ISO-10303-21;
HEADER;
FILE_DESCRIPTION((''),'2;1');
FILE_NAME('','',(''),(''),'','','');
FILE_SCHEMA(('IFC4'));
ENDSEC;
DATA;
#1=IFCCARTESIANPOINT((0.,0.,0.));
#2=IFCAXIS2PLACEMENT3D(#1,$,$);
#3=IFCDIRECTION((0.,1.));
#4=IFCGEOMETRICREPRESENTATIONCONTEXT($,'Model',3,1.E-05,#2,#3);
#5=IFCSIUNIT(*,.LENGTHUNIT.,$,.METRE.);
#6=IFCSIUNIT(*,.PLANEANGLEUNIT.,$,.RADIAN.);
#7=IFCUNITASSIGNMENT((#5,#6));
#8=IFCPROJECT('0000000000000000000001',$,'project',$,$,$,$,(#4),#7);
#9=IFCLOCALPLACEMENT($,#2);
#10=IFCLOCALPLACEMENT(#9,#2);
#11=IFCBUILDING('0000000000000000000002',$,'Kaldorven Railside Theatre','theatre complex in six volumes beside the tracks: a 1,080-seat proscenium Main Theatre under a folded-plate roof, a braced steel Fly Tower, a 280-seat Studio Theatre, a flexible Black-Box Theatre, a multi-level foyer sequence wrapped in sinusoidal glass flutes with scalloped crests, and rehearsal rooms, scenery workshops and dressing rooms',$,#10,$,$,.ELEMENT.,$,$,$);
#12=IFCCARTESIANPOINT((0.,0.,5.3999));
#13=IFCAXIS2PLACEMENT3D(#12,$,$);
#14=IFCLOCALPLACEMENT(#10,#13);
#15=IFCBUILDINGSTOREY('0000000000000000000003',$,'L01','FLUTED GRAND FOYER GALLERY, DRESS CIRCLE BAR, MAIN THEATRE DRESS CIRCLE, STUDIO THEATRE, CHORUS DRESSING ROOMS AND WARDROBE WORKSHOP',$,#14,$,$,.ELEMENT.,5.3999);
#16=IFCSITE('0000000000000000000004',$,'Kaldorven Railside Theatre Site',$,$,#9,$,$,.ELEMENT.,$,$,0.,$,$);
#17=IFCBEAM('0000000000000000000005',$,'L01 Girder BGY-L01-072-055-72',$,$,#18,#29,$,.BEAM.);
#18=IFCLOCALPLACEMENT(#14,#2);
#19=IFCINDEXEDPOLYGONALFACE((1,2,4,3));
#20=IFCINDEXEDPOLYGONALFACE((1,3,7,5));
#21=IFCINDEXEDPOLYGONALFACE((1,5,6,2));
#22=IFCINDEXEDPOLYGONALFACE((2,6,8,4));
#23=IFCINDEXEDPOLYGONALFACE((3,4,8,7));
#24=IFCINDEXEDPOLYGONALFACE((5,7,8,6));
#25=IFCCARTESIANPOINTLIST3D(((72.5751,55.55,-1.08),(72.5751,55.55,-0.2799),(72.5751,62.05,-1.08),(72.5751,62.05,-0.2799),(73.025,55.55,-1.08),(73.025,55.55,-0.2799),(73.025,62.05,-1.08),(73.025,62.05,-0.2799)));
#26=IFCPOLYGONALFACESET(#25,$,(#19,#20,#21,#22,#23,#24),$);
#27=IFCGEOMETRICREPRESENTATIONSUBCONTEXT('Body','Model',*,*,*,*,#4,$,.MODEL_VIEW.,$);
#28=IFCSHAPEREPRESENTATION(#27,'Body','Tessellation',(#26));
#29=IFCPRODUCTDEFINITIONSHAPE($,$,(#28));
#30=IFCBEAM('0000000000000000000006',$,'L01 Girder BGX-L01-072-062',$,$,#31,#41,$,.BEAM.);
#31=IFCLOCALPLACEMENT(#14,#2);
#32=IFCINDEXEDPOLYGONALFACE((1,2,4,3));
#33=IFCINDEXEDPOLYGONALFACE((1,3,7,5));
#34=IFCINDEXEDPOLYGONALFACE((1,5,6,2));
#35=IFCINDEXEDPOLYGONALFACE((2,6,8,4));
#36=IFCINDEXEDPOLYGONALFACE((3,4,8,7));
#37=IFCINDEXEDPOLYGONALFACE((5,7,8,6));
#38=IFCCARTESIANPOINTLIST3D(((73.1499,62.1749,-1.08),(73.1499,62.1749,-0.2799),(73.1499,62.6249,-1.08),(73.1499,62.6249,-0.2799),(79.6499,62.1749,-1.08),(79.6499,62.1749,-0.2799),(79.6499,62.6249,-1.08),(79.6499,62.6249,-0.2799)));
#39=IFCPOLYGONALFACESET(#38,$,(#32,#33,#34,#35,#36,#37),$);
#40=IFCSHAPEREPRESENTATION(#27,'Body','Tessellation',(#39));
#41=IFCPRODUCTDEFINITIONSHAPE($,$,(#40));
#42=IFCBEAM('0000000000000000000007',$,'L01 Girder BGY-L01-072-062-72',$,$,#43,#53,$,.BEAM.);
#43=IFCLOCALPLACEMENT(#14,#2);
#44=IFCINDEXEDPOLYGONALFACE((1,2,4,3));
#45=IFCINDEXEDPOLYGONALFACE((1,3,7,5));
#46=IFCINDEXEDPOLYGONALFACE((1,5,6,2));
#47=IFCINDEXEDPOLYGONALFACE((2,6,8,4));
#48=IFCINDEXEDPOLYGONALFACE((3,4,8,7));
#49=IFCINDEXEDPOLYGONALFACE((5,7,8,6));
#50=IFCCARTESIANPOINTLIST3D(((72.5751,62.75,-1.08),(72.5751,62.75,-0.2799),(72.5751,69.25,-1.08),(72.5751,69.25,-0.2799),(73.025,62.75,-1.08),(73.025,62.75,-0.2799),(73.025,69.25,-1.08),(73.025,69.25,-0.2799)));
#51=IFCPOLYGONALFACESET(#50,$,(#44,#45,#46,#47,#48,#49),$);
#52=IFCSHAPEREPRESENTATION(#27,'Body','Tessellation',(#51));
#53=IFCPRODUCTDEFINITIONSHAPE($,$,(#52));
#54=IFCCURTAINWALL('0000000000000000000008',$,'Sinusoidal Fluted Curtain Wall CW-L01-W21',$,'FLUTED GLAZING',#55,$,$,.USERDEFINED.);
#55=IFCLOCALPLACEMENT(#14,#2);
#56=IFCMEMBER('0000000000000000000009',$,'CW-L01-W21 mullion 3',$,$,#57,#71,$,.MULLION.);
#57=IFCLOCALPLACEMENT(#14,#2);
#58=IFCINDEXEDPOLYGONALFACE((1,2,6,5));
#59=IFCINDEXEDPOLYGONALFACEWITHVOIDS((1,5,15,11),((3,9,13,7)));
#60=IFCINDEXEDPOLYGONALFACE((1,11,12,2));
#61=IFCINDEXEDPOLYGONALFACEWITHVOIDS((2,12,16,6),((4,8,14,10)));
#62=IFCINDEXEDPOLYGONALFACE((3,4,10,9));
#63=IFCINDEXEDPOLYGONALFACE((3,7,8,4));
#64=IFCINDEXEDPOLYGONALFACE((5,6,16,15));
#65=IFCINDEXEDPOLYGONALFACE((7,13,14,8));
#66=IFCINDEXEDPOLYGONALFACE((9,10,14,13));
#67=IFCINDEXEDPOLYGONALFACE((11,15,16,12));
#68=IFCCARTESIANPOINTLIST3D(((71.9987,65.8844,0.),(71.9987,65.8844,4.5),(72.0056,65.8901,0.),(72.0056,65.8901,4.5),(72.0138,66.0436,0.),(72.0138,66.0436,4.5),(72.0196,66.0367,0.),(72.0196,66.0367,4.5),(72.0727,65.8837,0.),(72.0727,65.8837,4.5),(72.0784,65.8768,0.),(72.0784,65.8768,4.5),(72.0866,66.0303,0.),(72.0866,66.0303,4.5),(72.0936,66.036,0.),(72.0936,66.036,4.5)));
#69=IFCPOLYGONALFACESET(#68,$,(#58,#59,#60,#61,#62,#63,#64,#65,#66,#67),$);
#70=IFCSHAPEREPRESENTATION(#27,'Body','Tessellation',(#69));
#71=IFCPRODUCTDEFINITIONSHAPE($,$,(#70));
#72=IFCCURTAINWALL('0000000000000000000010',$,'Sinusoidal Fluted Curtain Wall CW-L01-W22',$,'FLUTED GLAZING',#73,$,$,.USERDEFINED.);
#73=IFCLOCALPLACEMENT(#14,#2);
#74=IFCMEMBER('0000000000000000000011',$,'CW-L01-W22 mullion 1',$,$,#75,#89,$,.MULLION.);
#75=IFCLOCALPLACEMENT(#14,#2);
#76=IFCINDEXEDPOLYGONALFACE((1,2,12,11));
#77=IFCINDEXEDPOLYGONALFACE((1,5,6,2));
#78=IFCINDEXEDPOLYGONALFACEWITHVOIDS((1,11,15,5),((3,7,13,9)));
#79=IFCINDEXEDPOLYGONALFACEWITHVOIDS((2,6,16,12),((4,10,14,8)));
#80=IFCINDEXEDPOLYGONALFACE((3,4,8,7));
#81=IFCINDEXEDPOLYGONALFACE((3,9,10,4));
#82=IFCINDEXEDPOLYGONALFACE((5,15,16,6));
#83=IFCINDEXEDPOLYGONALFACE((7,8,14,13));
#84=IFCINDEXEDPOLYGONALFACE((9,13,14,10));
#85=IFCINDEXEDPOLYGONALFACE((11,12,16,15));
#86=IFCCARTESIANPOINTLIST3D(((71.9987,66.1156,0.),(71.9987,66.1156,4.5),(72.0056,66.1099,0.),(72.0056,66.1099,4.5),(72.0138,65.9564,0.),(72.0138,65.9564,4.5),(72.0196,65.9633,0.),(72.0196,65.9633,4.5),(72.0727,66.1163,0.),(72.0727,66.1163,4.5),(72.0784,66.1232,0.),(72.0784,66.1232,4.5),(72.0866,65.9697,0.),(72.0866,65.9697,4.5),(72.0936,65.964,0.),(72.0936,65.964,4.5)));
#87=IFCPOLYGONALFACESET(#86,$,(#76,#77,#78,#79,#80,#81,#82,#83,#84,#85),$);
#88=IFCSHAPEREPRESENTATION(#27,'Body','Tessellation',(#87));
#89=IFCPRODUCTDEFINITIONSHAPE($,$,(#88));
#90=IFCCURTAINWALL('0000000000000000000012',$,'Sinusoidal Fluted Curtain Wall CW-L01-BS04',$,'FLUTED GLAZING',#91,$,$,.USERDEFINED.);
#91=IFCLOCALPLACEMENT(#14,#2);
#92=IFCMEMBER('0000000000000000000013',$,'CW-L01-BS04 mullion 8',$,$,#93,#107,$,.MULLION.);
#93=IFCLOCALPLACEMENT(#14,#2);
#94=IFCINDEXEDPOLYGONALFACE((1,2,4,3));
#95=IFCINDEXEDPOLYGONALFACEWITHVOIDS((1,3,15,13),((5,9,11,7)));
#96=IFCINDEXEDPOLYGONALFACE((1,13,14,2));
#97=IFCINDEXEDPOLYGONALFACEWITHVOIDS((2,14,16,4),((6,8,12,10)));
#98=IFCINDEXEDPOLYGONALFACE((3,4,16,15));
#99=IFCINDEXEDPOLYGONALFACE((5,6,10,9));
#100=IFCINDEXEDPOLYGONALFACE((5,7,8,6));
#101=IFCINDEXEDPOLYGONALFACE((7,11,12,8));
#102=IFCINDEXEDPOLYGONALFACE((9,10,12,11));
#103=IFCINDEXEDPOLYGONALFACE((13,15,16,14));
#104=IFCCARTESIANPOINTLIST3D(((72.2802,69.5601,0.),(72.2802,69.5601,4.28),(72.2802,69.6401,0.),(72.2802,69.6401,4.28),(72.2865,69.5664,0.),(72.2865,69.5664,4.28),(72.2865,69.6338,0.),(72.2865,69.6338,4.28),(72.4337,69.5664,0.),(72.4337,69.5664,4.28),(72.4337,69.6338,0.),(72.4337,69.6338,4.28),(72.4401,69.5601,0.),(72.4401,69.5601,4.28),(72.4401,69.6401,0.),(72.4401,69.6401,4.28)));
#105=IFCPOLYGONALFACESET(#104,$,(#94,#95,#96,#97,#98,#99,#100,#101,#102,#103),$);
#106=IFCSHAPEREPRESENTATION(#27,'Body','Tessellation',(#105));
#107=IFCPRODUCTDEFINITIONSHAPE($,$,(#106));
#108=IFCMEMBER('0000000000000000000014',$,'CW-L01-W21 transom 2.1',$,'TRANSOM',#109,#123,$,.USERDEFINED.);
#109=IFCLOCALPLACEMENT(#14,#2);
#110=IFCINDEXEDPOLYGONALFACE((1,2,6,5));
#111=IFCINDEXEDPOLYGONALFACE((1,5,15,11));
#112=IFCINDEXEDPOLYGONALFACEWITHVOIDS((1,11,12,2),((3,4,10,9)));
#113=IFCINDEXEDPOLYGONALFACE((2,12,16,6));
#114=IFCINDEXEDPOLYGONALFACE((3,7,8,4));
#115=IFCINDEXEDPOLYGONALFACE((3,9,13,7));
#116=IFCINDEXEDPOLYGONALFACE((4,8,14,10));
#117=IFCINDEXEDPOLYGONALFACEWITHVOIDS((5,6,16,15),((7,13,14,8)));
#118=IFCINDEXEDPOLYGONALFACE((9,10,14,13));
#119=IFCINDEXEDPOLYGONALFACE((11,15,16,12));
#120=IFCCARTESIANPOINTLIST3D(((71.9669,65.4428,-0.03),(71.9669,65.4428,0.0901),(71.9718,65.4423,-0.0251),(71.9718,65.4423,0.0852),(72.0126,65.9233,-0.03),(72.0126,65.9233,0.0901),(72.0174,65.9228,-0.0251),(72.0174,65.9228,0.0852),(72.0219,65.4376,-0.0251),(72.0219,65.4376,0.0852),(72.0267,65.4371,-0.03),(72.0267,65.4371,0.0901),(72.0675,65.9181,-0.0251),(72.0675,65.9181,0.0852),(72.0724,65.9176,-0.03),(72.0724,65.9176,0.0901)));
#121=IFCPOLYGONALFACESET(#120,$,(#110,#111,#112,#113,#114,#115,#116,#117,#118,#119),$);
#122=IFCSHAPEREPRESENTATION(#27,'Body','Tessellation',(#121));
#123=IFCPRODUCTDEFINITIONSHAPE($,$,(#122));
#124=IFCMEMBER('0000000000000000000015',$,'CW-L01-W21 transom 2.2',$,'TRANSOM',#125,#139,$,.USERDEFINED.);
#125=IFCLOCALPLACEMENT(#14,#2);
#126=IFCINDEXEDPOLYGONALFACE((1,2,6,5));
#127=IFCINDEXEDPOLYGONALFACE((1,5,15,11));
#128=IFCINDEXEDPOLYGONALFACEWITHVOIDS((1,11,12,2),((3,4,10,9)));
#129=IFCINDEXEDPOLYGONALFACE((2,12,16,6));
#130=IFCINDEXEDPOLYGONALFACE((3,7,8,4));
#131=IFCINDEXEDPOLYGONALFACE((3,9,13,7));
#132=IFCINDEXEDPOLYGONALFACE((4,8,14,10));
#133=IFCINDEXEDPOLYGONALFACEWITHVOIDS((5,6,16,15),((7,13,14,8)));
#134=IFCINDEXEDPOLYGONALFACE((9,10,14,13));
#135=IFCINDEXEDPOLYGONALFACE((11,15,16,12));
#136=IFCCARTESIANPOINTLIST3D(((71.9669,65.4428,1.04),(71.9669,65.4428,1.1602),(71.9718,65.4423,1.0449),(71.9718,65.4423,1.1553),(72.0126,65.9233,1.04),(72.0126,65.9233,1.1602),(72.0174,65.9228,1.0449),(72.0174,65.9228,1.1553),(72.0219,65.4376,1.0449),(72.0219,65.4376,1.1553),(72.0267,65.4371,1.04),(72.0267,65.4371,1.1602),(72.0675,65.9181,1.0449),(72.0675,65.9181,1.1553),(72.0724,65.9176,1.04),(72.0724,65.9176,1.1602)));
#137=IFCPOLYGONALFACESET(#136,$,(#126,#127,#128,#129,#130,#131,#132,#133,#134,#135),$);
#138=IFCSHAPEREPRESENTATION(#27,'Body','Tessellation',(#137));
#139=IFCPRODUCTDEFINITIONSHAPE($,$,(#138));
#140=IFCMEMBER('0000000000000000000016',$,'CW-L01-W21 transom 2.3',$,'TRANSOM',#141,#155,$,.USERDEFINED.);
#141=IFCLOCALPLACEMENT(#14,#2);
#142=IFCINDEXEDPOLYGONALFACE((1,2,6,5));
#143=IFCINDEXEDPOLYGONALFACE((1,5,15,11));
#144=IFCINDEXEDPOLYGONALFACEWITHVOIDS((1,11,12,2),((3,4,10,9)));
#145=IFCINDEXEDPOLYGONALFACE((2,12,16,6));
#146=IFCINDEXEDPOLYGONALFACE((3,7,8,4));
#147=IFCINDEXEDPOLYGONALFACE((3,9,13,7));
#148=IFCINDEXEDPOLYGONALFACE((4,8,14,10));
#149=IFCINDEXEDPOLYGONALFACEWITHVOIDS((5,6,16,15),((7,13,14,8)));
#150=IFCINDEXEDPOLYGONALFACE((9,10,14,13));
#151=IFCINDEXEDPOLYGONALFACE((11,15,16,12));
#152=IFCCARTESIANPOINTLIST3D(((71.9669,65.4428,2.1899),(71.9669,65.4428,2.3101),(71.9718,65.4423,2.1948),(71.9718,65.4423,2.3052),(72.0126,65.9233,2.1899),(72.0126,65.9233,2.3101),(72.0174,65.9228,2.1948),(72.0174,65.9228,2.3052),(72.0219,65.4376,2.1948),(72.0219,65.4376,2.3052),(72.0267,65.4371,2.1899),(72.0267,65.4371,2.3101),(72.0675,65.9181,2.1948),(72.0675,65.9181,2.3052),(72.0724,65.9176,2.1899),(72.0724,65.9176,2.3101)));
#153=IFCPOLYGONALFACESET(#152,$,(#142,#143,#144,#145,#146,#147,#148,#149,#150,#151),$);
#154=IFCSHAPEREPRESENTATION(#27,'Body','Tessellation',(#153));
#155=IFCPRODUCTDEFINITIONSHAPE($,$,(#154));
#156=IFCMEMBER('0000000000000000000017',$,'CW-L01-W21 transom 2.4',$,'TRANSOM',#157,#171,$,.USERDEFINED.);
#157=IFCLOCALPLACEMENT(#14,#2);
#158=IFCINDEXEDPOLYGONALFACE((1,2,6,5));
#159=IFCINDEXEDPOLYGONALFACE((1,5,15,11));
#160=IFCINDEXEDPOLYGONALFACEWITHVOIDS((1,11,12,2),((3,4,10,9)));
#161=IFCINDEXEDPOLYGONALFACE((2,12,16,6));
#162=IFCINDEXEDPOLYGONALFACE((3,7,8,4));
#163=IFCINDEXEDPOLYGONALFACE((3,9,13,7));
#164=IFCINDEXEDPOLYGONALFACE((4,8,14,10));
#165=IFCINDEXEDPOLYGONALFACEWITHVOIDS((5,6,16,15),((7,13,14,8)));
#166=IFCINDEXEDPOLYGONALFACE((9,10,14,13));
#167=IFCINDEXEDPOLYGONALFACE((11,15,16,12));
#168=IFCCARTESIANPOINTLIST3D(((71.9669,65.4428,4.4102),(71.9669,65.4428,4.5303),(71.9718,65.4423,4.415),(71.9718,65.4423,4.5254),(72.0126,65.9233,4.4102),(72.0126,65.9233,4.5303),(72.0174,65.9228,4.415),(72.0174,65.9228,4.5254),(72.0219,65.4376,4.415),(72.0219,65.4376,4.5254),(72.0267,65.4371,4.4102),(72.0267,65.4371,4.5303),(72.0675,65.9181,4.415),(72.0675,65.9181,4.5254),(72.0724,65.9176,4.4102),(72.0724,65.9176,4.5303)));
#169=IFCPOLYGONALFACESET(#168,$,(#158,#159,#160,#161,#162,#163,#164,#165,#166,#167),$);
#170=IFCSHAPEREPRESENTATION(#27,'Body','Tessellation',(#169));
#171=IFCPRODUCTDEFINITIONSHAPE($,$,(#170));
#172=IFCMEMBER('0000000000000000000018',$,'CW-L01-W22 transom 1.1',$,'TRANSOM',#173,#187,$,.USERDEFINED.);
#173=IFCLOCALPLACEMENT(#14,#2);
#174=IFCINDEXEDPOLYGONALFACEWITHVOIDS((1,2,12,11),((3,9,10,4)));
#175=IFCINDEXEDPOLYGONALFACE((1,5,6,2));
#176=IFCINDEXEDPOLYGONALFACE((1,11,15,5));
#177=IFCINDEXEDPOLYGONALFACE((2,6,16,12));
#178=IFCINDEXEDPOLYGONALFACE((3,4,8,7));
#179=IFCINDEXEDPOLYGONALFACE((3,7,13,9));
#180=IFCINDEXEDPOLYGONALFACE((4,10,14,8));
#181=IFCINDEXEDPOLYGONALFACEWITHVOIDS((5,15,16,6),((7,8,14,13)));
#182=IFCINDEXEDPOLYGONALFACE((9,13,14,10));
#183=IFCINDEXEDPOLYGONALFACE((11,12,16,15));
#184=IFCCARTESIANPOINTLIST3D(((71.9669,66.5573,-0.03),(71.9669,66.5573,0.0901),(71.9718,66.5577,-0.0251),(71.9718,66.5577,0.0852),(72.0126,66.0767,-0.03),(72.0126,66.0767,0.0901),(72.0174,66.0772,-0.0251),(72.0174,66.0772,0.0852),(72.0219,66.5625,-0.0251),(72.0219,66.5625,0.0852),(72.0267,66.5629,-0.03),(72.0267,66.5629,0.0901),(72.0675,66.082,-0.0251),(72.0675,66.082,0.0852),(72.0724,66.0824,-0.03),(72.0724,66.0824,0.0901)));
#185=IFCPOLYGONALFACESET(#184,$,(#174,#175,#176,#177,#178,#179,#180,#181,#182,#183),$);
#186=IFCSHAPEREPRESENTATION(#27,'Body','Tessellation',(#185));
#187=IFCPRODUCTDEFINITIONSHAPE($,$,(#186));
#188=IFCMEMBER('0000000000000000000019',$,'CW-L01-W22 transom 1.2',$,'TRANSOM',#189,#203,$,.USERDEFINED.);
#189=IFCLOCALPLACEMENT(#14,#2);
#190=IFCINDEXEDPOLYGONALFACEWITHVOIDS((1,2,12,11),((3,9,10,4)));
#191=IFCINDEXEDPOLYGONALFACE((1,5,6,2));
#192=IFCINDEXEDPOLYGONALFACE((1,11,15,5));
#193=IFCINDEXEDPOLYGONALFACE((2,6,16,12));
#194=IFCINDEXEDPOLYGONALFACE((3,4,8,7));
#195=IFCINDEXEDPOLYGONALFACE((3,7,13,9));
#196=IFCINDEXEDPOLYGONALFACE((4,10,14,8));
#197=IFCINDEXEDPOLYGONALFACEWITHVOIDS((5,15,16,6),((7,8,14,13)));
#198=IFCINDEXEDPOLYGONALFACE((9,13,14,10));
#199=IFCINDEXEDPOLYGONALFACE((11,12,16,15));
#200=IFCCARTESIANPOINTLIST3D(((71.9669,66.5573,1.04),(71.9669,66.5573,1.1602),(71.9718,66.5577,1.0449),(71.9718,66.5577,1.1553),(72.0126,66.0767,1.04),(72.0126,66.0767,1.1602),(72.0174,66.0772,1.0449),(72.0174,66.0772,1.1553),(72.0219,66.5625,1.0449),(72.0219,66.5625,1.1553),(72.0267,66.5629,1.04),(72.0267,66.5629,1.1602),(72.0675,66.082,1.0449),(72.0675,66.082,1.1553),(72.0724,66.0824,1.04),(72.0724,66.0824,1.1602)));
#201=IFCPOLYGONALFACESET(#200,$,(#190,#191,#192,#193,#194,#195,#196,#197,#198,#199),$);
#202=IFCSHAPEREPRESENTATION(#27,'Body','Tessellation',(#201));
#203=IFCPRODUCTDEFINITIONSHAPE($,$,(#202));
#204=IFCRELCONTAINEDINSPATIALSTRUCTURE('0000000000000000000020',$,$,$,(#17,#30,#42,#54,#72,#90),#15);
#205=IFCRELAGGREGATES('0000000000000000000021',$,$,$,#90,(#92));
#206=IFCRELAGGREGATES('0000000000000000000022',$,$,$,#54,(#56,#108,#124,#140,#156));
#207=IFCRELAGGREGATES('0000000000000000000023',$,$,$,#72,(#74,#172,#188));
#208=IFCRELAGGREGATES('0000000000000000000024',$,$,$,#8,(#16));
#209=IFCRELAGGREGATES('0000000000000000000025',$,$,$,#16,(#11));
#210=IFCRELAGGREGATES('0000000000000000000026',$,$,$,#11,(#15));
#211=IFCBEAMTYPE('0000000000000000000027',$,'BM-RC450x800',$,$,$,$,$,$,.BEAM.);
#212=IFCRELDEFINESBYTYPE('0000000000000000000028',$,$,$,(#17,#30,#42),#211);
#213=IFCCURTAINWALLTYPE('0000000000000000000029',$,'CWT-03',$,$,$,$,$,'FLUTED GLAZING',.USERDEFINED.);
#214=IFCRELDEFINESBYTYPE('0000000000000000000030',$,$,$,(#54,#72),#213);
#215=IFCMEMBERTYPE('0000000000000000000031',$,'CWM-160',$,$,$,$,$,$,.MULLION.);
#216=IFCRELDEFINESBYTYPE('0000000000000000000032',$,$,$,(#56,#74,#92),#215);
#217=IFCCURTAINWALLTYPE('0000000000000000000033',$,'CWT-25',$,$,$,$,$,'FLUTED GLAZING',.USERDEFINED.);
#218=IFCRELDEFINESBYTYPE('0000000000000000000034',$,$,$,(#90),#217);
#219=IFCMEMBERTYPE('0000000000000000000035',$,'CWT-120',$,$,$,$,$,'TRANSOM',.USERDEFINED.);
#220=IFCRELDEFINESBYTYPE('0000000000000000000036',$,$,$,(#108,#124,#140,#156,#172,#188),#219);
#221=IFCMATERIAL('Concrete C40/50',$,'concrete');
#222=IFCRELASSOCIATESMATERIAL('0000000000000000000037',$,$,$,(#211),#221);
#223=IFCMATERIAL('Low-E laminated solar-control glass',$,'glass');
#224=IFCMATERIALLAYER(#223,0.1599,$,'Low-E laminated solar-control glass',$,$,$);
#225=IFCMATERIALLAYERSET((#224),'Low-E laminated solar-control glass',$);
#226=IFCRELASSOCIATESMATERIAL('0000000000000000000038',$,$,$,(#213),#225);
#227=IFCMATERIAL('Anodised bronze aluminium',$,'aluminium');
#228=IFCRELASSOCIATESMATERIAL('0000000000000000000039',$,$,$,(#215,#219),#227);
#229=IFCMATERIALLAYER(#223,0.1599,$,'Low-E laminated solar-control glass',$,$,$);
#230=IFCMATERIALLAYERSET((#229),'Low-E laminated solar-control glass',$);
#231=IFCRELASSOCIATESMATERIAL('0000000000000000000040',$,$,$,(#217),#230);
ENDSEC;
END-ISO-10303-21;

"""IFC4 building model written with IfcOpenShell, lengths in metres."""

from ifc_helpers import new_model, si_unit, direction, frame, origin, origin_2d, place, context, subcontext, project, spatial, rectangle, hollow_rectangle, extrude, material, layer, layer_set, material_profile, profile_set, type_object, element, aggregate, save


model = new_model("IFC4")

# Units and contexts
model_context = context("Model", 3, precision=1e-05, world=origin(), true_north=direction((0.0, 1.0)))
body_context = subcontext(model_context, "Body", "Model", "MODEL_VIEW")
ifc_project = project(units=[si_unit("LENGTHUNIT", "METRE"), si_unit("PLANEANGLEUNIT", "RADIAN")], contexts=[model_context])

# Site, building, storey
site_placement = place(None, origin())
site = spatial("IfcSite", under=ifc_project, at=site_placement, Name="Kaldorven Railside Theatre Site", CompositionType="ELEMENT", RefElevation=0.0)
building_placement = place(site_placement, origin())
building = spatial("IfcBuilding", under=site, at=building_placement, Name="Kaldorven Railside Theatre", Description="theatre complex in six volumes beside the tracks: a 1,080-seat proscenium Main Theatre under a folded-plate roof, a braced steel Fly Tower, a 280-seat Studio Theatre, a flexible Black-Box Theatre, a multi-level foyer sequence wrapped in sinusoidal glass flutes with scalloped crests, and rehearsal rooms, scenery workshops and dressing rooms", CompositionType="ELEMENT")
storey_placement = place(building_placement, frame((0.0, 0.0, 5.3999)))
storey = spatial("IfcBuildingStorey", under=building, at=storey_placement, Name="L01", Description="FLUTED GRAND FOYER GALLERY, DRESS CIRCLE BAR, MAIN THEATRE DRESS CIRCLE, STUDIO THEATRE, CHORUS DRESSING ROOMS AND WARDROBE WORKSHOP", CompositionType="ELEMENT", Elevation=5.3999)

# Shared definitions
ifc_material_1 = material(Name="Concrete C40/50", Category="concrete")

# Beams
ifc_material_profile_1 = material_profile(ifc_material_1, rectangle(XDim=0.45, YDim=0.8, at=origin_2d()), Name="RC 450x800")
ifc_profile_set_1 = profile_set([ifc_material_profile_1], Name="Concrete C40/50")
beam_type_1 = type_object("IfcBeamType", Name="BM-RC450x800", PredefinedType="BEAM", material=ifc_profile_set_1)
for number, where, z_axis, x_axis, name in (
    (1, (72.8, 55.55, -0.6799), (0.0, 1.0, 0.0), (-1.0, 0.0, 0.0), "L01 Girder BGY-L01-072-055-72"),
    (2, (73.1499, 62.3999, -0.6799), (1.0, 0.0, 0.0), (0.0, 1.0, 0.0), "L01 Girder BGX-L01-072-062"),
    (3, (72.8, 62.75, -0.6799), (0.0, 1.0, 0.0), (-1.0, 0.0, 0.0), "L01 Girder BGY-L01-072-062-72"),
):
    element("IfcBeam", number, at=place(storey_placement, frame(where, z_axis=z_axis, x_axis=x_axis)), inside=storey, type_object=beam_type_1, Name=name, PredefinedType="BEAM", context=body_context, shape_type="SweptSolid", body=[
        extrude(rectangle(XDim=0.45, YDim=0.8, at=origin_2d()), origin(), (0.0, 0.0, 1.0), 6.5),
    ])

# Curtain walls, members
ifc_material_2 = material(Name="Low-E laminated solar-control glass", Category="glass")
ifc_layer_1 = layer(ifc_material_2, 0.1599, Name="Low-E laminated solar-control glass")
ifc_layer_set_1 = layer_set([ifc_layer_1], Name="Low-E laminated solar-control glass")
curtain_wall_type_1 = type_object("IfcCurtainWallType", Name="CWT-03", ElementType="FLUTED GLAZING", PredefinedType="USERDEFINED", material=ifc_layer_set_1)
curtain_wall_1_placement = place(storey_placement, origin())
curtain_wall_1 = element("IfcCurtainWall", 4, at=curtain_wall_1_placement, inside=storey, type_object=curtain_wall_type_1, Name="Sinusoidal Fluted Curtain Wall CW-L01-W21", ObjectType="FLUTED GLAZING", PredefinedType="USERDEFINED")
ifc_material_3 = material(Name="Anodised bronze aluminium", Category="aluminium")
ifc_material_profile_2 = material_profile(ifc_material_3, hollow_rectangle(XDim=0.0801, YDim=0.1599, WallThickness=0.0063, at=origin_2d()), Name="RHS 160x80x6.3")
ifc_profile_set_2 = profile_set([ifc_material_profile_2], Name="Anodised bronze aluminium")
member_type_1 = type_object("IfcMemberType", Name="CWM-160", PredefinedType="MULLION", material=ifc_profile_set_2)
member_1_placement = place(storey_placement, frame((72.0461, 65.9602, 0.0), z_axis=(0.0, 0.0, 1.0), x_axis=(-0.995526, 0.094492, 0.0)))
member_1 = element("IfcMember", 5, at=member_1_placement, type_object=member_type_1, Name="CW-L01-W21 mullion 3", PredefinedType="MULLION", context=body_context, shape_type="SweptSolid", body=[
    extrude(hollow_rectangle(XDim=0.0801, YDim=0.1599, WallThickness=0.0063, at=origin_2d()), origin(), (0.0, 0.0, 1.0), 4.5),
])
curtain_wall_2_placement = place(storey_placement, origin())
curtain_wall_2 = element("IfcCurtainWall", 6, at=curtain_wall_2_placement, inside=storey, type_object=curtain_wall_type_1, Name="Sinusoidal Fluted Curtain Wall CW-L01-W22", ObjectType="FLUTED GLAZING", PredefinedType="USERDEFINED")
member_2_placement = place(storey_placement, frame((72.0461, 66.0398, 0.0), z_axis=(0.0, 0.0, 1.0), x_axis=(-0.995526, -0.094492, 0.0)))
member_2 = element("IfcMember", 7, at=member_2_placement, type_object=member_type_1, Name="CW-L01-W22 mullion 1", PredefinedType="MULLION", context=body_context, shape_type="SweptSolid", body=[
    extrude(hollow_rectangle(XDim=0.0801, YDim=0.1599, WallThickness=0.0063, at=origin_2d()), origin(), (0.0, 0.0, 1.0), 4.5),
])
ifc_layer_2 = layer(ifc_material_2, 0.1599, Name="Low-E laminated solar-control glass")
ifc_layer_set_2 = layer_set([ifc_layer_2], Name="Low-E laminated solar-control glass")
curtain_wall_type_2 = type_object("IfcCurtainWallType", Name="CWT-25", ElementType="FLUTED GLAZING", PredefinedType="USERDEFINED", material=ifc_layer_set_2)
curtain_wall_3_placement = place(storey_placement, origin())
curtain_wall_3 = element("IfcCurtainWall", 8, at=curtain_wall_3_placement, inside=storey, type_object=curtain_wall_type_2, Name="Sinusoidal Fluted Curtain Wall CW-L01-BS04", ObjectType="FLUTED GLAZING", PredefinedType="USERDEFINED")
member_3_placement = place(storey_placement, frame((72.3601, 69.6001, 0.0), z_axis=(0.0, 0.0, 1.0), x_axis=(0.0, 1.0, 0.0)))
member_3 = element("IfcMember", 9, at=member_3_placement, type_object=member_type_1, Name="CW-L01-BS04 mullion 8", PredefinedType="MULLION", context=body_context, shape_type="SweptSolid", body=[
    extrude(hollow_rectangle(XDim=0.0801, YDim=0.1599, WallThickness=0.0063, at=origin_2d()), origin(), (0.0, 0.0, 1.0), 4.28),
])
aggregate(curtain_wall_3, [member_3])

# Members
ifc_material_profile_3 = material_profile(ifc_material_3, hollow_rectangle(XDim=0.0601, YDim=0.1201, WallThickness=0.0049, at=origin_2d()), Name="RHS 120x60x5")
ifc_profile_set_3 = profile_set([ifc_material_profile_3], Name="Anodised bronze aluminium")
member_type_2 = type_object("IfcMemberType", Name="CWT-120", ElementType="TRANSOM", PredefinedType="USERDEFINED", material=ifc_profile_set_3)
member_4_placement = place(storey_placement, frame((71.9968, 65.4399, 0.03), z_axis=(0.094594, 0.995516, 0.0), x_axis=(-0.995516, 0.094594, 0.0)))
member_4 = element("IfcMember", 10, at=member_4_placement, type_object=member_type_2, Name="CW-L01-W21 transom 2.1", ObjectType="TRANSOM", PredefinedType="USERDEFINED", context=body_context, shape_type="SweptSolid", body=[
    extrude(hollow_rectangle(XDim=0.0601, YDim=0.1201, WallThickness=0.0049, at=origin_2d()), origin(), (0.0, 0.0, 1.0), 0.4827),
])
member_5_placement = place(storey_placement, frame((71.9968, 65.4399, 1.1001), z_axis=(0.094594, 0.995516, 0.0), x_axis=(-0.995516, 0.094594, 0.0)))
member_5 = element("IfcMember", 11, at=member_5_placement, type_object=member_type_2, Name="CW-L01-W21 transom 2.2", ObjectType="TRANSOM", PredefinedType="USERDEFINED", context=body_context, shape_type="SweptSolid", body=[
    extrude(hollow_rectangle(XDim=0.0601, YDim=0.1201, WallThickness=0.0049, at=origin_2d()), origin(), (0.0, 0.0, 1.0), 0.4827),
])
member_6_placement = place(storey_placement, frame((71.9968, 65.4399, 2.25), z_axis=(0.094594, 0.995516, 0.0), x_axis=(-0.995516, 0.094594, 0.0)))
member_6 = element("IfcMember", 12, at=member_6_placement, type_object=member_type_2, Name="CW-L01-W21 transom 2.3", ObjectType="TRANSOM", PredefinedType="USERDEFINED", context=body_context, shape_type="SweptSolid", body=[
    extrude(hollow_rectangle(XDim=0.0601, YDim=0.1201, WallThickness=0.0049, at=origin_2d()), origin(), (0.0, 0.0, 1.0), 0.4827),
])
member_7_placement = place(storey_placement, frame((71.9968, 65.4399, 4.4702), z_axis=(0.094594, 0.995516, 0.0), x_axis=(-0.995516, 0.094594, 0.0)))
member_7 = element("IfcMember", 13, at=member_7_placement, type_object=member_type_2, Name="CW-L01-W21 transom 2.4", ObjectType="TRANSOM", PredefinedType="USERDEFINED", context=body_context, shape_type="SweptSolid", body=[
    extrude(hollow_rectangle(XDim=0.0601, YDim=0.1201, WallThickness=0.0049, at=origin_2d()), origin(), (0.0, 0.0, 1.0), 0.4827),
])
member_8_placement = place(storey_placement, frame((72.0425, 66.0796, 0.03), z_axis=(-0.094594, 0.995516, 0.0), x_axis=(-0.995516, -0.094594, 0.0)))
member_8 = element("IfcMember", 14, at=member_8_placement, type_object=member_type_2, Name="CW-L01-W22 transom 1.1", ObjectType="TRANSOM", PredefinedType="USERDEFINED", context=body_context, shape_type="SweptSolid", body=[
    extrude(hollow_rectangle(XDim=0.0601, YDim=0.1201, WallThickness=0.0049, at=origin_2d()), origin(), (0.0, 0.0, 1.0), 0.4827),
])
member_9_placement = place(storey_placement, frame((72.0425, 66.0796, 1.1001), z_axis=(-0.094594, 0.995516, 0.0), x_axis=(-0.995516, -0.094594, 0.0)))
member_9 = element("IfcMember", 15, at=member_9_placement, type_object=member_type_2, Name="CW-L01-W22 transom 1.2", ObjectType="TRANSOM", PredefinedType="USERDEFINED", context=body_context, shape_type="SweptSolid", body=[
    extrude(hollow_rectangle(XDim=0.0601, YDim=0.1201, WallThickness=0.0049, at=origin_2d()), origin(), (0.0, 0.0, 1.0), 0.4827),
])

aggregate(curtain_wall_1, [member_1, member_4, member_5, member_6, member_7])
aggregate(curtain_wall_2, [member_2, member_8, member_9])

save(model, "model.ifc")
